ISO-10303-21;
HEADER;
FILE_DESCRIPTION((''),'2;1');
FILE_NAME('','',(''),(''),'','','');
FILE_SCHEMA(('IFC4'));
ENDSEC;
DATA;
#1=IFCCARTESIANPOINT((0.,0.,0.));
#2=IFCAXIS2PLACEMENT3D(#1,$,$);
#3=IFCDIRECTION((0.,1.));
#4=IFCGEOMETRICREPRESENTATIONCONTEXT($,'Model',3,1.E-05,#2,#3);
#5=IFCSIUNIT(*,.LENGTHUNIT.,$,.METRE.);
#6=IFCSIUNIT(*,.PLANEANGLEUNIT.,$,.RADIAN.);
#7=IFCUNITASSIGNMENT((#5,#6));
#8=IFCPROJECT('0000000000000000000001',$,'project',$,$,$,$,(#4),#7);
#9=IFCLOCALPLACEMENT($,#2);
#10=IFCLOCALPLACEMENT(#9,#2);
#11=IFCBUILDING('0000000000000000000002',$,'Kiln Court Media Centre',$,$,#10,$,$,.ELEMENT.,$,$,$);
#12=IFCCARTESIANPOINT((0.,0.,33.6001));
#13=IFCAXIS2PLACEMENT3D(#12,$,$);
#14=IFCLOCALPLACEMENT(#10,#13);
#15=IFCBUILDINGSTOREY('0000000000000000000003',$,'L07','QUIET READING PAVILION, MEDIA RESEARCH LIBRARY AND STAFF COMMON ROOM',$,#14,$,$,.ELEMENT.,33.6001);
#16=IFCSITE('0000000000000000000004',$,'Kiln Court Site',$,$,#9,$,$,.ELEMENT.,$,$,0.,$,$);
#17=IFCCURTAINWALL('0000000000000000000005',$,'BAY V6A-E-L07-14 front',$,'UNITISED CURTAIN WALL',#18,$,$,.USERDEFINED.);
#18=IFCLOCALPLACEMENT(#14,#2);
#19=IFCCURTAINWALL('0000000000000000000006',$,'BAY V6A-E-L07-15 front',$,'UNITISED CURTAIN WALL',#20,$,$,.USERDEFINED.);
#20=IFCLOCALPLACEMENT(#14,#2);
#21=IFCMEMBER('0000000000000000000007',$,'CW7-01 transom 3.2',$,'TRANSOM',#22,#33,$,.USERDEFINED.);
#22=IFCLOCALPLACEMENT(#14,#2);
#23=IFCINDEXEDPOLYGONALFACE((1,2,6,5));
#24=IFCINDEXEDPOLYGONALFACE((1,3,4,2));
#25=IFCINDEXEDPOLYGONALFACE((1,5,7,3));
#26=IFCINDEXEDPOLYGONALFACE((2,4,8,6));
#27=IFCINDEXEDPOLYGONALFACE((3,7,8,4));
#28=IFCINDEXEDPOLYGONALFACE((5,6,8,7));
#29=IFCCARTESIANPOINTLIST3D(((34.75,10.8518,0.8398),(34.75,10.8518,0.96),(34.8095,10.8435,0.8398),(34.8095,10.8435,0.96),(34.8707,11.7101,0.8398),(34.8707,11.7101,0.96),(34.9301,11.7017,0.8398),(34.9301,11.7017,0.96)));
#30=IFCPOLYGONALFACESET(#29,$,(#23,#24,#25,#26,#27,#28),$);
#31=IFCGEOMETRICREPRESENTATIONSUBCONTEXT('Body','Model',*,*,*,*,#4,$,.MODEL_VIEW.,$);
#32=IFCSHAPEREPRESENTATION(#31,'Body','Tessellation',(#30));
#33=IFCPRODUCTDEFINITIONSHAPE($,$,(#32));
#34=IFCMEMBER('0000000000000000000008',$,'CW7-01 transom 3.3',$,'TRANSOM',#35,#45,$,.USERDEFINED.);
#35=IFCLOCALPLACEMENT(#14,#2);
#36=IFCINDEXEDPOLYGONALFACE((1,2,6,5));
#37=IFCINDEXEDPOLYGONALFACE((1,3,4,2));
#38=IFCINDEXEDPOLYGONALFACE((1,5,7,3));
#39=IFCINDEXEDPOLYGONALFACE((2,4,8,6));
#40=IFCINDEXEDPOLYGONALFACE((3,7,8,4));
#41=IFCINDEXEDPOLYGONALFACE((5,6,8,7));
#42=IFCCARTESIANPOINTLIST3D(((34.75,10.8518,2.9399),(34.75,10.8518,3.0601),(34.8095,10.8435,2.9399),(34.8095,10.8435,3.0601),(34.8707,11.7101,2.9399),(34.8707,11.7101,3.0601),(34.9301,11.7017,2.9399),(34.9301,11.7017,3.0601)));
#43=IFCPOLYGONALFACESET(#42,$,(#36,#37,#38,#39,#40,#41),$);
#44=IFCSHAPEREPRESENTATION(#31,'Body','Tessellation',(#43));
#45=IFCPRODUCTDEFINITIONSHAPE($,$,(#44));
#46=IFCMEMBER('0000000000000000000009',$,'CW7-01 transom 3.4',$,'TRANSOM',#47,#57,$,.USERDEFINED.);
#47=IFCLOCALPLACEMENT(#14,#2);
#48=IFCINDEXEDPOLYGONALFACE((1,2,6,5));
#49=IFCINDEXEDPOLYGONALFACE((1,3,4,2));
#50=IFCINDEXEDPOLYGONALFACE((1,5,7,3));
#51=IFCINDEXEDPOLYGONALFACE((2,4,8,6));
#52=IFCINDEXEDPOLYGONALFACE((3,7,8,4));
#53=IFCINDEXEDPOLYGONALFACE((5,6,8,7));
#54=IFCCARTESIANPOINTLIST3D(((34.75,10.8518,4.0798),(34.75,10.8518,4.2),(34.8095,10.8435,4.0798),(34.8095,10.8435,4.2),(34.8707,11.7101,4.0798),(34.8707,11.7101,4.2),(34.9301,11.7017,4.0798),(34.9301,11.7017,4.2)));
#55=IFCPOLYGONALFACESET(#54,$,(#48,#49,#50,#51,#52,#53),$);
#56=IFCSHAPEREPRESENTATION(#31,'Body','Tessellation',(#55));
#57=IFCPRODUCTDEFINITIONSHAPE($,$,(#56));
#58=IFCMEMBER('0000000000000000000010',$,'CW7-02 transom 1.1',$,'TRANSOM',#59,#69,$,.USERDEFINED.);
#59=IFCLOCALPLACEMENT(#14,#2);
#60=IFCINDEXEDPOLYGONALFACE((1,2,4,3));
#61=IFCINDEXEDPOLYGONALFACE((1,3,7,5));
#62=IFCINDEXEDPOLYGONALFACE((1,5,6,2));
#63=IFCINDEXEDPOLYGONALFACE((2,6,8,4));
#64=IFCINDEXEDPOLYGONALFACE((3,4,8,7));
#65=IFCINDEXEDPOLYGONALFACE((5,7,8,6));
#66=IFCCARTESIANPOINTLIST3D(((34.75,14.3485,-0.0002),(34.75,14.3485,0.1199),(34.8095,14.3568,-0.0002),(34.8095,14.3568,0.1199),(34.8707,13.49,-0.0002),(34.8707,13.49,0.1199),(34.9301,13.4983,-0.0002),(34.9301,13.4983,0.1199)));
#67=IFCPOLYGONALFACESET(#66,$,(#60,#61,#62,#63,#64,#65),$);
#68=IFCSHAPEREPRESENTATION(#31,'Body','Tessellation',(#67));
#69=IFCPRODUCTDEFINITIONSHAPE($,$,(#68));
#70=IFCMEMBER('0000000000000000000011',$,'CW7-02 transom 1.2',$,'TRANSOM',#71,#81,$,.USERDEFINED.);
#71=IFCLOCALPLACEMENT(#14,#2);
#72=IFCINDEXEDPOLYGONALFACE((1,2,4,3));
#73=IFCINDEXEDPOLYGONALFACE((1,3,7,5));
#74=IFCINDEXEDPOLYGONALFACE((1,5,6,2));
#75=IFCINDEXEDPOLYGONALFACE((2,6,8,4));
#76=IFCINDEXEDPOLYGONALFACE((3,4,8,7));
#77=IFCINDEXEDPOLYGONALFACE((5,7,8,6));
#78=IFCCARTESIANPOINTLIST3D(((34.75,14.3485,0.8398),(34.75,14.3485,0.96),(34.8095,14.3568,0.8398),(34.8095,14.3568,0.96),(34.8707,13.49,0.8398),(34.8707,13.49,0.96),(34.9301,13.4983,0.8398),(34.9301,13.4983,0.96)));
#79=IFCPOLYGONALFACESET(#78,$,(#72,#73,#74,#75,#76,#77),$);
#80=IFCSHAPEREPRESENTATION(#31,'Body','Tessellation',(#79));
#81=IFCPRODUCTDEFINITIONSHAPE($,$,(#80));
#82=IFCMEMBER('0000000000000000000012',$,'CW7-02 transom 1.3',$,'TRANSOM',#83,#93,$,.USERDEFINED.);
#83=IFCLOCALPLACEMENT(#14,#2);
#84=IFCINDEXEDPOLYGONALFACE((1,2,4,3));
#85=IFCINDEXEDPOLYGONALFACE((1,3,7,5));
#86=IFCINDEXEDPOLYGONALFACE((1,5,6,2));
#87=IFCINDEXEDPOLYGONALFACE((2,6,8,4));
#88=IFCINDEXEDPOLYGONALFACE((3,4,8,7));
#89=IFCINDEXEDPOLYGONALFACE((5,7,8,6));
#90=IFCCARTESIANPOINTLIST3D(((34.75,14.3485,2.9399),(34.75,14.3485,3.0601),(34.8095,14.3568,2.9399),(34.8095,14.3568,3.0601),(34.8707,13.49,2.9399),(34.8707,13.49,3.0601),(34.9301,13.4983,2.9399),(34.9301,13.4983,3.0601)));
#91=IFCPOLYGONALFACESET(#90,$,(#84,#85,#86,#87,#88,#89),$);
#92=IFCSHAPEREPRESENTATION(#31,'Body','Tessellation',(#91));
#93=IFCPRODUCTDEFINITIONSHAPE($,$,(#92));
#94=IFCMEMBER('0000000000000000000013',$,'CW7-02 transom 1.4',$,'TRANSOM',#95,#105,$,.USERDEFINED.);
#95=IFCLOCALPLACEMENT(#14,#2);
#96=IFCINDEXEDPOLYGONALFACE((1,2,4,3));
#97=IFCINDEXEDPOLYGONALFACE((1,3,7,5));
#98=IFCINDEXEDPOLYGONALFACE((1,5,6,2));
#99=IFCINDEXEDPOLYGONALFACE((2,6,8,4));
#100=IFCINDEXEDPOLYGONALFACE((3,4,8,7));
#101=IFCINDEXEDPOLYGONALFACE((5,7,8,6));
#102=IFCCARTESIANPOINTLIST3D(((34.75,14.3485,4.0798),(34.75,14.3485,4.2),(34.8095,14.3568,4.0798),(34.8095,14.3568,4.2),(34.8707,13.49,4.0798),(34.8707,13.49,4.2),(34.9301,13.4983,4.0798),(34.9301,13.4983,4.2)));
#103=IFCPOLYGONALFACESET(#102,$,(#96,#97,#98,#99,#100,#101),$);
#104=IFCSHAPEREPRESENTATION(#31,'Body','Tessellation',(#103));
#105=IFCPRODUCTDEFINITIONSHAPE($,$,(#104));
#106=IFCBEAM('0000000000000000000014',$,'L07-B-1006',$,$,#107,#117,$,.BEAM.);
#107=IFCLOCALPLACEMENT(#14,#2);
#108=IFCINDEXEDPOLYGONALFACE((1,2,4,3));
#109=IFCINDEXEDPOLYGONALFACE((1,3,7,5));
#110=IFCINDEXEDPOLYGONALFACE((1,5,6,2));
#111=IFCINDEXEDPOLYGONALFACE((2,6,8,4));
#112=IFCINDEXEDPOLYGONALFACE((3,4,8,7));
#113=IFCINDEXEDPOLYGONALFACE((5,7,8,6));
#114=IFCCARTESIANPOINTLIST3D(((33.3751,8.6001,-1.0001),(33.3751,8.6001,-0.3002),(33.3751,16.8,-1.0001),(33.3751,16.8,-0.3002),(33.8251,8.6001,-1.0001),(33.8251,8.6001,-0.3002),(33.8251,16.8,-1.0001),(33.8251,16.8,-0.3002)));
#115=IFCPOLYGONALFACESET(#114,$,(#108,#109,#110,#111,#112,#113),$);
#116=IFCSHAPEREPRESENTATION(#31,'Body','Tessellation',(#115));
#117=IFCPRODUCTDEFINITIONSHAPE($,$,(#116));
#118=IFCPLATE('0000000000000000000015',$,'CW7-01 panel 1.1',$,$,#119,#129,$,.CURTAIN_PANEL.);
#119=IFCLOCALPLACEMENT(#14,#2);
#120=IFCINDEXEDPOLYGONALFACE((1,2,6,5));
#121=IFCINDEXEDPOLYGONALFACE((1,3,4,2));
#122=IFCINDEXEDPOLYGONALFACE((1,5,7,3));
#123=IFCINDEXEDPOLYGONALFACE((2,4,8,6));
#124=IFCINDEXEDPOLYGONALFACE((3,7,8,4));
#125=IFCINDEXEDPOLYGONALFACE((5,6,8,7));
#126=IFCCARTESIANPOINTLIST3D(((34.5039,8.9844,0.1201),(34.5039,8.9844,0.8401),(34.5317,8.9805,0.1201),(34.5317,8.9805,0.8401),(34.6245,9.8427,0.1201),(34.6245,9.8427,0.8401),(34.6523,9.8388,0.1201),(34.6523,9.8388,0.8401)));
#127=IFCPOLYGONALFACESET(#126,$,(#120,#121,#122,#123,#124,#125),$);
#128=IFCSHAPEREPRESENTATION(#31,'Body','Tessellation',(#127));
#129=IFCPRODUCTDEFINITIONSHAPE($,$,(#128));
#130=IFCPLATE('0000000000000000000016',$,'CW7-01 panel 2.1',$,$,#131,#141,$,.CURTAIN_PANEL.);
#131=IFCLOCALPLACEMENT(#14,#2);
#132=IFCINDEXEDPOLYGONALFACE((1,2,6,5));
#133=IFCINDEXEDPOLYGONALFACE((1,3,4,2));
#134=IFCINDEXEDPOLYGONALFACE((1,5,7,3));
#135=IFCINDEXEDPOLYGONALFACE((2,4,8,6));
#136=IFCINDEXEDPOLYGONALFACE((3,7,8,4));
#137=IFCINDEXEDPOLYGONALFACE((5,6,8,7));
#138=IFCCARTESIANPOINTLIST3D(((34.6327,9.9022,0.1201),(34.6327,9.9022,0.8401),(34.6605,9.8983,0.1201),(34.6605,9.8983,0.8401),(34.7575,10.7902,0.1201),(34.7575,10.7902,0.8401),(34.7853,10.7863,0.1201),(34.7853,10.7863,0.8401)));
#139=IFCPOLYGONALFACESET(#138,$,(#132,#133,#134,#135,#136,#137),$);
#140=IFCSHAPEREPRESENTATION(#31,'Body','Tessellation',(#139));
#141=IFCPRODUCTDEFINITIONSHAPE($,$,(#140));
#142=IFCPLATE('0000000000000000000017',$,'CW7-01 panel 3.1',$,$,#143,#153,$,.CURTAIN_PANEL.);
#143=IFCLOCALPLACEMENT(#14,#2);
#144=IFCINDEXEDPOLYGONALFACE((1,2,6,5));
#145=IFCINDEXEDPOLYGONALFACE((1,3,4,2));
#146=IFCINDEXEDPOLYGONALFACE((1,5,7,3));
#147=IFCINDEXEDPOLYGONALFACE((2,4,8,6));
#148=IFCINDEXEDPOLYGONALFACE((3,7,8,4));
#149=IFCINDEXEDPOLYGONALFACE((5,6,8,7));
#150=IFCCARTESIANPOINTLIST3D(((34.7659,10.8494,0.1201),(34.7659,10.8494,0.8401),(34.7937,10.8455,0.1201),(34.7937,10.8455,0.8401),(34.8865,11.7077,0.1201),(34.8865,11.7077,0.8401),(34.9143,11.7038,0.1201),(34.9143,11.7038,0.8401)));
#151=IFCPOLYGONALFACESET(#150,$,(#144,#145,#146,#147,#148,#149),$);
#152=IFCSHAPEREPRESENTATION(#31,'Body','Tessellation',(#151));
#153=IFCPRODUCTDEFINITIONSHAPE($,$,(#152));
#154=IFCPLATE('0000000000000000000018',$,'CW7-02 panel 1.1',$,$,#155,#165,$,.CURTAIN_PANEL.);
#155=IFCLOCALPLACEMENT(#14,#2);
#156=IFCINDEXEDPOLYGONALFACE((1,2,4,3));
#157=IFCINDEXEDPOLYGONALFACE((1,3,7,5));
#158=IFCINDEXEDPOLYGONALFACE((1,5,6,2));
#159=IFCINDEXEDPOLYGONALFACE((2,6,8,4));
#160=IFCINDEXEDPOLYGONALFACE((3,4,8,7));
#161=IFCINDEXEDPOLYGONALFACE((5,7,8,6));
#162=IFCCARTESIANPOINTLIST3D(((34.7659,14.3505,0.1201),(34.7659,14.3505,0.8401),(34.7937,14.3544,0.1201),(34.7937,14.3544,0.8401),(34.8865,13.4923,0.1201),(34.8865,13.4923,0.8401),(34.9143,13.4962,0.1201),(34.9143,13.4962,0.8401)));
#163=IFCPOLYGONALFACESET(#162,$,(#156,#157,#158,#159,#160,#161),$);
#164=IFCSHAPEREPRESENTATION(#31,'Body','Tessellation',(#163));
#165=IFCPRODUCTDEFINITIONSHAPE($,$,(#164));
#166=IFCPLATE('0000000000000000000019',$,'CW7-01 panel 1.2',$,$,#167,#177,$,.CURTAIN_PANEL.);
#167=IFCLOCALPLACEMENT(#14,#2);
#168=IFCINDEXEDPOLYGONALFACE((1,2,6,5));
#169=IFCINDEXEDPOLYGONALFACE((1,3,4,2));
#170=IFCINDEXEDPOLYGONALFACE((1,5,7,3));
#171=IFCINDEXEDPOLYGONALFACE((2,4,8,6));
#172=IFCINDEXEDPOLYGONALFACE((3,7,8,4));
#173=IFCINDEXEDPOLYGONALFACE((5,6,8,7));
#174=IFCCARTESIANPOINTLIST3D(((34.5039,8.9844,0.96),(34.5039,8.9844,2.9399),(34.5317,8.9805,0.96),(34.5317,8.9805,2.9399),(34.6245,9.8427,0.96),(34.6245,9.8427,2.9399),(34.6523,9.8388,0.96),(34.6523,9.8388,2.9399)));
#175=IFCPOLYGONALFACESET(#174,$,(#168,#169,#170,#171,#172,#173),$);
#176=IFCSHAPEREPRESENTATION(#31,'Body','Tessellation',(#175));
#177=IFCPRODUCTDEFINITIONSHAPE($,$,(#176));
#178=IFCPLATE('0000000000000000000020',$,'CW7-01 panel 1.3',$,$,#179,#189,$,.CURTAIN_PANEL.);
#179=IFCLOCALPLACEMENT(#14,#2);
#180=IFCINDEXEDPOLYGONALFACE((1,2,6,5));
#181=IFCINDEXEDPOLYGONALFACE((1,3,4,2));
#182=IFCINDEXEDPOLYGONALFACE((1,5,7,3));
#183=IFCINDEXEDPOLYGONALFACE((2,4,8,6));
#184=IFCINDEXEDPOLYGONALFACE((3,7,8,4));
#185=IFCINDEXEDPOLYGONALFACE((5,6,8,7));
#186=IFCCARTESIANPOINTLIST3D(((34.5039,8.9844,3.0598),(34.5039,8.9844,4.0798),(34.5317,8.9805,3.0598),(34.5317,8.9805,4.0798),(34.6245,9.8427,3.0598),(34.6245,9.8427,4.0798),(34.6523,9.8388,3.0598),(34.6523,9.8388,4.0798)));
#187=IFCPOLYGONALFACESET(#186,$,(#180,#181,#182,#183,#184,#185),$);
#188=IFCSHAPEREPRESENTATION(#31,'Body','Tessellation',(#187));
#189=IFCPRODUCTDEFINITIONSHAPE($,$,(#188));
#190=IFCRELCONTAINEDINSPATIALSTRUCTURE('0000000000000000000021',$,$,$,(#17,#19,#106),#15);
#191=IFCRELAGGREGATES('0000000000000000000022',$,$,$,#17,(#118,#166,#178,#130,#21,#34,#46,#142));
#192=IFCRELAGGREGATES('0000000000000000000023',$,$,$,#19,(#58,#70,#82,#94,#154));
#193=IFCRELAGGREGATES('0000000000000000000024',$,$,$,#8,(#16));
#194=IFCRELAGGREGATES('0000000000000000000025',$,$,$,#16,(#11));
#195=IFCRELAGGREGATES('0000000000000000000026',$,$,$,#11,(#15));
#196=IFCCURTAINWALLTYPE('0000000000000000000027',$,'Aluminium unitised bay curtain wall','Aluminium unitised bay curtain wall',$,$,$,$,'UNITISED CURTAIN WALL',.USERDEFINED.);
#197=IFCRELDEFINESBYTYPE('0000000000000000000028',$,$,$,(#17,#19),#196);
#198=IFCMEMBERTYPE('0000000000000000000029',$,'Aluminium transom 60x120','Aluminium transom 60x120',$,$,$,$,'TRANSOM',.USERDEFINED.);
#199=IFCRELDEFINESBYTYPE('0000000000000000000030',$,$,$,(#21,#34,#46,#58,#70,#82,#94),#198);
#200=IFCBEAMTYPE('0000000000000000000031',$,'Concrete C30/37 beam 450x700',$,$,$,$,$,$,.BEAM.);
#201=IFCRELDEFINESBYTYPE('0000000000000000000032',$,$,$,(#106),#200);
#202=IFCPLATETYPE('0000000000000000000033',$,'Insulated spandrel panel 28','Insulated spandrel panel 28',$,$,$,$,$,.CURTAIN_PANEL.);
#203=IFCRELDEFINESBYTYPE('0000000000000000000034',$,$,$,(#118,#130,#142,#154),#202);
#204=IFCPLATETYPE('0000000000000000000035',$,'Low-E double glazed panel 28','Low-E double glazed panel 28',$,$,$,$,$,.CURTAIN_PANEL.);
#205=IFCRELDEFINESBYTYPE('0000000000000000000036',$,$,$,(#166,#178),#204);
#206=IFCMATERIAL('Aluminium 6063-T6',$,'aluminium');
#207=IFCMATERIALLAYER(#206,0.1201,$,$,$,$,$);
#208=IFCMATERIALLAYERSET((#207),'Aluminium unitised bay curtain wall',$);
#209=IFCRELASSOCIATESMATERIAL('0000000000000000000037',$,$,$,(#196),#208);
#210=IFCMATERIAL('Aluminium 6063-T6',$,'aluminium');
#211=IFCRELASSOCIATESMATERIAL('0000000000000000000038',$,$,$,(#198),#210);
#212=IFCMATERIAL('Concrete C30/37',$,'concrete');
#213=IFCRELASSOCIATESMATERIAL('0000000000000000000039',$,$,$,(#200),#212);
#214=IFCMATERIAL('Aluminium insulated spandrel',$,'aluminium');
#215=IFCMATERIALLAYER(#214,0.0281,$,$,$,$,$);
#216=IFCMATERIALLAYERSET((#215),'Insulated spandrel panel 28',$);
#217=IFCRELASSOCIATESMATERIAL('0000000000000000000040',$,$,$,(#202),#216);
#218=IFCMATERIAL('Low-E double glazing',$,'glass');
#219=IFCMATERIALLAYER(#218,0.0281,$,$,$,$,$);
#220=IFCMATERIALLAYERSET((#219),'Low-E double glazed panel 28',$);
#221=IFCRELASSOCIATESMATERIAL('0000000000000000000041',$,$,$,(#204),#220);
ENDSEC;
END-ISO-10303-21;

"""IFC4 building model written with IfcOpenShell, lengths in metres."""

from ifc_helpers import new_model, si_unit, direction, frame, origin, origin_2d, place, context, subcontext, project, spatial, rectangle, extrude, material, layer, layer_set, material_profile, profile_set, type_object, element, aggregate, save


model = new_model("IFC4")

# Units and contexts
model_context = context("Model", 3, precision=1e-05, world=origin(), true_north=direction((0.0, 1.0)))
body_context = subcontext(model_context, "Body", "Model", "MODEL_VIEW")
ifc_project = project(units=[si_unit("LENGTHUNIT", "METRE"), si_unit("PLANEANGLEUNIT", "RADIAN")], contexts=[model_context])

# Site, building, storey
site_placement = place(None, origin())
site = spatial("IfcSite", under=ifc_project, at=site_placement, Name="Kiln Court Site", CompositionType="ELEMENT", RefElevation=0.0)
building_placement = place(site_placement, origin())
building = spatial("IfcBuilding", under=site, at=building_placement, Name="Kiln Court Media Centre", CompositionType="ELEMENT")
storey_placement = place(building_placement, frame((0.0, 0.0, 33.6001)))
storey = spatial("IfcBuildingStorey", under=building, at=storey_placement, Name="L07", Description="QUIET READING PAVILION, MEDIA RESEARCH LIBRARY AND STAFF COMMON ROOM", CompositionType="ELEMENT", Elevation=33.6001)

# Curtain wall
ifc_material_1 = material(Name="Aluminium 6063-T6", Category="aluminium")
ifc_layer_1 = layer(ifc_material_1, 0.1201)
ifc_layer_set_1 = layer_set([ifc_layer_1], Name="Aluminium unitised bay curtain wall")
curtain_wall_type = type_object("IfcCurtainWallType", Name="Aluminium unitised bay curtain wall", Description="Aluminium unitised bay curtain wall", ElementType="UNITISED CURTAIN WALL", PredefinedType="USERDEFINED", material=ifc_layer_set_1)
curtain_wall_1_placement = place(storey_placement, origin())
curtain_wall_1 = element("IfcCurtainWall", 1, at=curtain_wall_1_placement, inside=storey, type_object=curtain_wall_type, Name="BAY V6A-E-L07-14 front", ObjectType="UNITISED CURTAIN WALL", PredefinedType="USERDEFINED")

# Curtain wall
curtain_wall_2_placement = place(storey_placement, origin())
curtain_wall_2 = element("IfcCurtainWall", 2, at=curtain_wall_2_placement, inside=storey, type_object=curtain_wall_type, Name="BAY V6A-E-L07-15 front", ObjectType="UNITISED CURTAIN WALL", PredefinedType="USERDEFINED")

# Members
ifc_material_2 = material(Name="Aluminium 6063-T6", Category="aluminium")
ifc_material_profile_1 = material_profile(ifc_material_2, rectangle(XDim=0.0601, YDim=0.1201, at=origin_2d()), Name="Aluminium transom 60x120")
ifc_profile_set_1 = profile_set([ifc_material_profile_1], Name="Aluminium 6063-T6")
member_type_1 = type_object("IfcMemberType", Name="Aluminium transom 60x120", Description="Aluminium transom 60x120", ElementType="TRANSOM", PredefinedType="USERDEFINED", material=ifc_profile_set_1)
member_1_placement = place(storey_placement, frame((34.7798, 10.8477, 0.8999), z_axis=(0.139173, 0.990268, 0.0), x_axis=(-0.990268, 0.139173, 0.0)))
member_1 = element("IfcMember", 3, at=member_1_placement, type_object=member_type_1, Name="CW7-01 transom 3.2", ObjectType="TRANSOM", PredefinedType="USERDEFINED", context=body_context, shape_type="SweptSolid", body=[
    extrude(rectangle(XDim=0.0601, YDim=0.1201, at=origin_2d()), origin(), (0.0, 0.0, 1.0), 0.8667),
])
member_2_placement = place(storey_placement, frame((34.7798, 10.8477, 3.0), z_axis=(0.139173, 0.990268, 0.0), x_axis=(-0.990268, 0.139173, 0.0)))
member_2 = element("IfcMember", 4, at=member_2_placement, type_object=member_type_1, Name="CW7-01 transom 3.3", ObjectType="TRANSOM", PredefinedType="USERDEFINED", context=body_context, shape_type="SweptSolid", body=[
    extrude(rectangle(XDim=0.0601, YDim=0.1201, at=origin_2d()), origin(), (0.0, 0.0, 1.0), 0.8667),
])
member_3_placement = place(storey_placement, frame((34.7798, 10.8477, 4.1399), z_axis=(0.139173, 0.990268, 0.0), x_axis=(-0.990268, 0.139173, 0.0)))
member_3 = element("IfcMember", 5, at=member_3_placement, type_object=member_type_1, Name="CW7-01 transom 3.4", ObjectType="TRANSOM", PredefinedType="USERDEFINED", context=body_context, shape_type="SweptSolid", body=[
    extrude(rectangle(XDim=0.0601, YDim=0.1201, at=origin_2d()), origin(), (0.0, 0.0, 1.0), 0.8667),
])
member_4_placement = place(storey_placement, frame((34.9004, 13.4941, 0.0598), z_axis=(-0.139134, 0.990274, 0.0), x_axis=(-0.990274, -0.139134, 0.0)))
member_4 = element("IfcMember", 6, at=member_4_placement, type_object=member_type_1, Name="CW7-02 transom 1.1", ObjectType="TRANSOM", PredefinedType="USERDEFINED", context=body_context, shape_type="SweptSolid", body=[
    extrude(rectangle(XDim=0.0601, YDim=0.1201, at=origin_2d()), origin(), (0.0, 0.0, 1.0), 0.8669),
])
member_5_placement = place(storey_placement, frame((34.9004, 13.4941, 0.8999), z_axis=(-0.139134, 0.990274, 0.0), x_axis=(-0.990274, -0.139134, 0.0)))
member_5 = element("IfcMember", 7, at=member_5_placement, type_object=member_type_1, Name="CW7-02 transom 1.2", ObjectType="TRANSOM", PredefinedType="USERDEFINED", context=body_context, shape_type="SweptSolid", body=[
    extrude(rectangle(XDim=0.0601, YDim=0.1201, at=origin_2d()), origin(), (0.0, 0.0, 1.0), 0.8669),
])
member_6_placement = place(storey_placement, frame((34.9004, 13.4941, 3.0), z_axis=(-0.139134, 0.990274, 0.0), x_axis=(-0.990274, -0.139134, 0.0)))
member_6 = element("IfcMember", 8, at=member_6_placement, type_object=member_type_1, Name="CW7-02 transom 1.3", ObjectType="TRANSOM", PredefinedType="USERDEFINED", context=body_context, shape_type="SweptSolid", body=[
    extrude(rectangle(XDim=0.0601, YDim=0.1201, at=origin_2d()), origin(), (0.0, 0.0, 1.0), 0.8669),
])
member_7_placement = place(storey_placement, frame((34.9004, 13.4941, 4.1399), z_axis=(-0.139134, 0.990274, 0.0), x_axis=(-0.990274, -0.139134, 0.0)))
member_7 = element("IfcMember", 9, at=member_7_placement, type_object=member_type_1, Name="CW7-02 transom 1.4", ObjectType="TRANSOM", PredefinedType="USERDEFINED", context=body_context, shape_type="SweptSolid", body=[
    extrude(rectangle(XDim=0.0601, YDim=0.1201, at=origin_2d()), origin(), (0.0, 0.0, 1.0), 0.8669),
])

# Beam
ifc_material_3 = material(Name="Concrete C30/37", Category="concrete")
ifc_material_profile_2 = material_profile(ifc_material_3, rectangle(XDim=0.45, YDim=0.7, at=origin_2d()), Name="RC 450x700")
ifc_profile_set_2 = profile_set([ifc_material_profile_2], Name="Concrete C30/37")
beam_type = type_object("IfcBeamType", Name="Concrete C30/37 beam 450x700", PredefinedType="BEAM", material=ifc_profile_set_2)
beam_placement = place(storey_placement, frame((33.6001, 8.6001, -0.6501), z_axis=(0.0, 1.0, 0.0), x_axis=(-1.0, 0.0, 0.0)))
element("IfcBeam", 10, at=beam_placement, inside=storey, type_object=beam_type, Name="L07-B-1006", PredefinedType="BEAM", context=body_context, shape_type="SweptSolid", body=[
    extrude(rectangle(XDim=0.45, YDim=0.7, at=origin_2d()), origin(), (0.0, 0.0, 1.0), 8.2),
])

# Plates
ifc_material_4 = material(Name="Aluminium insulated spandrel", Category="aluminium")
ifc_layer_2 = layer(ifc_material_4, 0.0281)
ifc_layer_set_2 = layer_set([ifc_layer_2], Name="Insulated spandrel panel 28")
plate_type_1 = type_object("IfcPlateType", Name="Insulated spandrel panel 28", Description="Insulated spandrel panel 28", PredefinedType="CURTAIN_PANEL", material=ifc_layer_set_2)
plate_1_placement = place(storey_placement, frame((34.5781, 9.4116, 0.1201), z_axis=(0.0, 0.0, 1.0), x_axis=(0.139162, 0.99027, 0.0)))
plate_1 = element("IfcPlate", 11, at=plate_1_placement, type_object=plate_type_1, Name="CW7-01 panel 1.1", PredefinedType="CURTAIN_PANEL", context=body_context, shape_type="SweptSolid", body=[
    extrude(rectangle(XDim=0.8667, YDim=0.0281, at=origin_2d()), origin(), (0.0, 0.0, 1.0), 0.72),
])
plate_2_placement = place(storey_placement, frame((34.709, 10.3442, 0.1201), z_axis=(0.0, 0.0, 1.0), x_axis=(0.139162, 0.99027, 0.0)))
plate_2 = element("IfcPlate", 12, at=plate_2_placement, type_object=plate_type_1, Name="CW7-01 panel 2.1", PredefinedType="CURTAIN_PANEL", context=body_context, shape_type="SweptSolid", body=[
    extrude(rectangle(XDim=0.8967, YDim=0.0281, at=origin_2d()), origin(), (0.0, 0.0, 1.0), 0.72),
])
plate_3_placement = place(storey_placement, frame((34.8401, 11.2766, 0.1201), z_axis=(0.0, 0.0, 1.0), x_axis=(0.139162, 0.99027, 0.0)))
plate_3 = element("IfcPlate", 13, at=plate_3_placement, type_object=plate_type_1, Name="CW7-01 panel 3.1", PredefinedType="CURTAIN_PANEL", context=body_context, shape_type="SweptSolid", body=[
    extrude(rectangle(XDim=0.8667, YDim=0.0281, at=origin_2d()), origin(), (0.0, 0.0, 1.0), 0.72),
])
plate_4_placement = place(storey_placement, frame((34.8401, 13.9233, 0.1201), z_axis=(0.0, 0.0, 1.0), x_axis=(-0.139162, 0.99027, 0.0)))
plate_4 = element("IfcPlate", 14, at=plate_4_placement, type_object=plate_type_1, Name="CW7-02 panel 1.1", PredefinedType="CURTAIN_PANEL", context=body_context, shape_type="SweptSolid", body=[
    extrude(rectangle(XDim=0.8667, YDim=0.0281, at=origin_2d()), origin(), (0.0, 0.0, 1.0), 0.72),
])
ifc_material_5 = material(Name="Low-E double glazing", Category="glass")
ifc_layer_3 = layer(ifc_material_5, 0.0281)
ifc_layer_set_3 = layer_set([ifc_layer_3], Name="Low-E double glazed panel 28")
plate_type_2 = type_object("IfcPlateType", Name="Low-E double glazed panel 28", Description="Low-E double glazed panel 28", PredefinedType="CURTAIN_PANEL", material=ifc_layer_set_3)
plate_5_placement = place(storey_placement, frame((34.5781, 9.4116, 0.96), z_axis=(0.0, 0.0, 1.0), x_axis=(0.139162, 0.99027, 0.0)))
plate_5 = element("IfcPlate", 15, at=plate_5_placement, type_object=plate_type_2, Name="CW7-01 panel 1.2", PredefinedType="CURTAIN_PANEL", context=body_context, shape_type="SweptSolid", body=[
    extrude(rectangle(XDim=0.8667, YDim=0.0281, at=origin_2d()), origin(), (0.0, 0.0, 1.0), 1.98),
])
plate_6_placement = place(storey_placement, frame((34.5781, 9.4116, 3.0598), z_axis=(0.0, 0.0, 1.0), x_axis=(0.139162, 0.99027, 0.0)))
plate_6 = element("IfcPlate", 16, at=plate_6_placement, type_object=plate_type_2, Name="CW7-01 panel 1.3", PredefinedType="CURTAIN_PANEL", context=body_context, shape_type="SweptSolid", body=[
    extrude(rectangle(XDim=0.8667, YDim=0.0281, at=origin_2d()), origin(), (0.0, 0.0, 1.0), 1.02),
])
aggregate(curtain_wall_1, [plate_1, plate_5, plate_6, plate_2, member_1, member_2, member_3, plate_3])
aggregate(curtain_wall_2, [member_4, member_5, member_6, member_7, plate_4])

save(model, "model.ifc")
